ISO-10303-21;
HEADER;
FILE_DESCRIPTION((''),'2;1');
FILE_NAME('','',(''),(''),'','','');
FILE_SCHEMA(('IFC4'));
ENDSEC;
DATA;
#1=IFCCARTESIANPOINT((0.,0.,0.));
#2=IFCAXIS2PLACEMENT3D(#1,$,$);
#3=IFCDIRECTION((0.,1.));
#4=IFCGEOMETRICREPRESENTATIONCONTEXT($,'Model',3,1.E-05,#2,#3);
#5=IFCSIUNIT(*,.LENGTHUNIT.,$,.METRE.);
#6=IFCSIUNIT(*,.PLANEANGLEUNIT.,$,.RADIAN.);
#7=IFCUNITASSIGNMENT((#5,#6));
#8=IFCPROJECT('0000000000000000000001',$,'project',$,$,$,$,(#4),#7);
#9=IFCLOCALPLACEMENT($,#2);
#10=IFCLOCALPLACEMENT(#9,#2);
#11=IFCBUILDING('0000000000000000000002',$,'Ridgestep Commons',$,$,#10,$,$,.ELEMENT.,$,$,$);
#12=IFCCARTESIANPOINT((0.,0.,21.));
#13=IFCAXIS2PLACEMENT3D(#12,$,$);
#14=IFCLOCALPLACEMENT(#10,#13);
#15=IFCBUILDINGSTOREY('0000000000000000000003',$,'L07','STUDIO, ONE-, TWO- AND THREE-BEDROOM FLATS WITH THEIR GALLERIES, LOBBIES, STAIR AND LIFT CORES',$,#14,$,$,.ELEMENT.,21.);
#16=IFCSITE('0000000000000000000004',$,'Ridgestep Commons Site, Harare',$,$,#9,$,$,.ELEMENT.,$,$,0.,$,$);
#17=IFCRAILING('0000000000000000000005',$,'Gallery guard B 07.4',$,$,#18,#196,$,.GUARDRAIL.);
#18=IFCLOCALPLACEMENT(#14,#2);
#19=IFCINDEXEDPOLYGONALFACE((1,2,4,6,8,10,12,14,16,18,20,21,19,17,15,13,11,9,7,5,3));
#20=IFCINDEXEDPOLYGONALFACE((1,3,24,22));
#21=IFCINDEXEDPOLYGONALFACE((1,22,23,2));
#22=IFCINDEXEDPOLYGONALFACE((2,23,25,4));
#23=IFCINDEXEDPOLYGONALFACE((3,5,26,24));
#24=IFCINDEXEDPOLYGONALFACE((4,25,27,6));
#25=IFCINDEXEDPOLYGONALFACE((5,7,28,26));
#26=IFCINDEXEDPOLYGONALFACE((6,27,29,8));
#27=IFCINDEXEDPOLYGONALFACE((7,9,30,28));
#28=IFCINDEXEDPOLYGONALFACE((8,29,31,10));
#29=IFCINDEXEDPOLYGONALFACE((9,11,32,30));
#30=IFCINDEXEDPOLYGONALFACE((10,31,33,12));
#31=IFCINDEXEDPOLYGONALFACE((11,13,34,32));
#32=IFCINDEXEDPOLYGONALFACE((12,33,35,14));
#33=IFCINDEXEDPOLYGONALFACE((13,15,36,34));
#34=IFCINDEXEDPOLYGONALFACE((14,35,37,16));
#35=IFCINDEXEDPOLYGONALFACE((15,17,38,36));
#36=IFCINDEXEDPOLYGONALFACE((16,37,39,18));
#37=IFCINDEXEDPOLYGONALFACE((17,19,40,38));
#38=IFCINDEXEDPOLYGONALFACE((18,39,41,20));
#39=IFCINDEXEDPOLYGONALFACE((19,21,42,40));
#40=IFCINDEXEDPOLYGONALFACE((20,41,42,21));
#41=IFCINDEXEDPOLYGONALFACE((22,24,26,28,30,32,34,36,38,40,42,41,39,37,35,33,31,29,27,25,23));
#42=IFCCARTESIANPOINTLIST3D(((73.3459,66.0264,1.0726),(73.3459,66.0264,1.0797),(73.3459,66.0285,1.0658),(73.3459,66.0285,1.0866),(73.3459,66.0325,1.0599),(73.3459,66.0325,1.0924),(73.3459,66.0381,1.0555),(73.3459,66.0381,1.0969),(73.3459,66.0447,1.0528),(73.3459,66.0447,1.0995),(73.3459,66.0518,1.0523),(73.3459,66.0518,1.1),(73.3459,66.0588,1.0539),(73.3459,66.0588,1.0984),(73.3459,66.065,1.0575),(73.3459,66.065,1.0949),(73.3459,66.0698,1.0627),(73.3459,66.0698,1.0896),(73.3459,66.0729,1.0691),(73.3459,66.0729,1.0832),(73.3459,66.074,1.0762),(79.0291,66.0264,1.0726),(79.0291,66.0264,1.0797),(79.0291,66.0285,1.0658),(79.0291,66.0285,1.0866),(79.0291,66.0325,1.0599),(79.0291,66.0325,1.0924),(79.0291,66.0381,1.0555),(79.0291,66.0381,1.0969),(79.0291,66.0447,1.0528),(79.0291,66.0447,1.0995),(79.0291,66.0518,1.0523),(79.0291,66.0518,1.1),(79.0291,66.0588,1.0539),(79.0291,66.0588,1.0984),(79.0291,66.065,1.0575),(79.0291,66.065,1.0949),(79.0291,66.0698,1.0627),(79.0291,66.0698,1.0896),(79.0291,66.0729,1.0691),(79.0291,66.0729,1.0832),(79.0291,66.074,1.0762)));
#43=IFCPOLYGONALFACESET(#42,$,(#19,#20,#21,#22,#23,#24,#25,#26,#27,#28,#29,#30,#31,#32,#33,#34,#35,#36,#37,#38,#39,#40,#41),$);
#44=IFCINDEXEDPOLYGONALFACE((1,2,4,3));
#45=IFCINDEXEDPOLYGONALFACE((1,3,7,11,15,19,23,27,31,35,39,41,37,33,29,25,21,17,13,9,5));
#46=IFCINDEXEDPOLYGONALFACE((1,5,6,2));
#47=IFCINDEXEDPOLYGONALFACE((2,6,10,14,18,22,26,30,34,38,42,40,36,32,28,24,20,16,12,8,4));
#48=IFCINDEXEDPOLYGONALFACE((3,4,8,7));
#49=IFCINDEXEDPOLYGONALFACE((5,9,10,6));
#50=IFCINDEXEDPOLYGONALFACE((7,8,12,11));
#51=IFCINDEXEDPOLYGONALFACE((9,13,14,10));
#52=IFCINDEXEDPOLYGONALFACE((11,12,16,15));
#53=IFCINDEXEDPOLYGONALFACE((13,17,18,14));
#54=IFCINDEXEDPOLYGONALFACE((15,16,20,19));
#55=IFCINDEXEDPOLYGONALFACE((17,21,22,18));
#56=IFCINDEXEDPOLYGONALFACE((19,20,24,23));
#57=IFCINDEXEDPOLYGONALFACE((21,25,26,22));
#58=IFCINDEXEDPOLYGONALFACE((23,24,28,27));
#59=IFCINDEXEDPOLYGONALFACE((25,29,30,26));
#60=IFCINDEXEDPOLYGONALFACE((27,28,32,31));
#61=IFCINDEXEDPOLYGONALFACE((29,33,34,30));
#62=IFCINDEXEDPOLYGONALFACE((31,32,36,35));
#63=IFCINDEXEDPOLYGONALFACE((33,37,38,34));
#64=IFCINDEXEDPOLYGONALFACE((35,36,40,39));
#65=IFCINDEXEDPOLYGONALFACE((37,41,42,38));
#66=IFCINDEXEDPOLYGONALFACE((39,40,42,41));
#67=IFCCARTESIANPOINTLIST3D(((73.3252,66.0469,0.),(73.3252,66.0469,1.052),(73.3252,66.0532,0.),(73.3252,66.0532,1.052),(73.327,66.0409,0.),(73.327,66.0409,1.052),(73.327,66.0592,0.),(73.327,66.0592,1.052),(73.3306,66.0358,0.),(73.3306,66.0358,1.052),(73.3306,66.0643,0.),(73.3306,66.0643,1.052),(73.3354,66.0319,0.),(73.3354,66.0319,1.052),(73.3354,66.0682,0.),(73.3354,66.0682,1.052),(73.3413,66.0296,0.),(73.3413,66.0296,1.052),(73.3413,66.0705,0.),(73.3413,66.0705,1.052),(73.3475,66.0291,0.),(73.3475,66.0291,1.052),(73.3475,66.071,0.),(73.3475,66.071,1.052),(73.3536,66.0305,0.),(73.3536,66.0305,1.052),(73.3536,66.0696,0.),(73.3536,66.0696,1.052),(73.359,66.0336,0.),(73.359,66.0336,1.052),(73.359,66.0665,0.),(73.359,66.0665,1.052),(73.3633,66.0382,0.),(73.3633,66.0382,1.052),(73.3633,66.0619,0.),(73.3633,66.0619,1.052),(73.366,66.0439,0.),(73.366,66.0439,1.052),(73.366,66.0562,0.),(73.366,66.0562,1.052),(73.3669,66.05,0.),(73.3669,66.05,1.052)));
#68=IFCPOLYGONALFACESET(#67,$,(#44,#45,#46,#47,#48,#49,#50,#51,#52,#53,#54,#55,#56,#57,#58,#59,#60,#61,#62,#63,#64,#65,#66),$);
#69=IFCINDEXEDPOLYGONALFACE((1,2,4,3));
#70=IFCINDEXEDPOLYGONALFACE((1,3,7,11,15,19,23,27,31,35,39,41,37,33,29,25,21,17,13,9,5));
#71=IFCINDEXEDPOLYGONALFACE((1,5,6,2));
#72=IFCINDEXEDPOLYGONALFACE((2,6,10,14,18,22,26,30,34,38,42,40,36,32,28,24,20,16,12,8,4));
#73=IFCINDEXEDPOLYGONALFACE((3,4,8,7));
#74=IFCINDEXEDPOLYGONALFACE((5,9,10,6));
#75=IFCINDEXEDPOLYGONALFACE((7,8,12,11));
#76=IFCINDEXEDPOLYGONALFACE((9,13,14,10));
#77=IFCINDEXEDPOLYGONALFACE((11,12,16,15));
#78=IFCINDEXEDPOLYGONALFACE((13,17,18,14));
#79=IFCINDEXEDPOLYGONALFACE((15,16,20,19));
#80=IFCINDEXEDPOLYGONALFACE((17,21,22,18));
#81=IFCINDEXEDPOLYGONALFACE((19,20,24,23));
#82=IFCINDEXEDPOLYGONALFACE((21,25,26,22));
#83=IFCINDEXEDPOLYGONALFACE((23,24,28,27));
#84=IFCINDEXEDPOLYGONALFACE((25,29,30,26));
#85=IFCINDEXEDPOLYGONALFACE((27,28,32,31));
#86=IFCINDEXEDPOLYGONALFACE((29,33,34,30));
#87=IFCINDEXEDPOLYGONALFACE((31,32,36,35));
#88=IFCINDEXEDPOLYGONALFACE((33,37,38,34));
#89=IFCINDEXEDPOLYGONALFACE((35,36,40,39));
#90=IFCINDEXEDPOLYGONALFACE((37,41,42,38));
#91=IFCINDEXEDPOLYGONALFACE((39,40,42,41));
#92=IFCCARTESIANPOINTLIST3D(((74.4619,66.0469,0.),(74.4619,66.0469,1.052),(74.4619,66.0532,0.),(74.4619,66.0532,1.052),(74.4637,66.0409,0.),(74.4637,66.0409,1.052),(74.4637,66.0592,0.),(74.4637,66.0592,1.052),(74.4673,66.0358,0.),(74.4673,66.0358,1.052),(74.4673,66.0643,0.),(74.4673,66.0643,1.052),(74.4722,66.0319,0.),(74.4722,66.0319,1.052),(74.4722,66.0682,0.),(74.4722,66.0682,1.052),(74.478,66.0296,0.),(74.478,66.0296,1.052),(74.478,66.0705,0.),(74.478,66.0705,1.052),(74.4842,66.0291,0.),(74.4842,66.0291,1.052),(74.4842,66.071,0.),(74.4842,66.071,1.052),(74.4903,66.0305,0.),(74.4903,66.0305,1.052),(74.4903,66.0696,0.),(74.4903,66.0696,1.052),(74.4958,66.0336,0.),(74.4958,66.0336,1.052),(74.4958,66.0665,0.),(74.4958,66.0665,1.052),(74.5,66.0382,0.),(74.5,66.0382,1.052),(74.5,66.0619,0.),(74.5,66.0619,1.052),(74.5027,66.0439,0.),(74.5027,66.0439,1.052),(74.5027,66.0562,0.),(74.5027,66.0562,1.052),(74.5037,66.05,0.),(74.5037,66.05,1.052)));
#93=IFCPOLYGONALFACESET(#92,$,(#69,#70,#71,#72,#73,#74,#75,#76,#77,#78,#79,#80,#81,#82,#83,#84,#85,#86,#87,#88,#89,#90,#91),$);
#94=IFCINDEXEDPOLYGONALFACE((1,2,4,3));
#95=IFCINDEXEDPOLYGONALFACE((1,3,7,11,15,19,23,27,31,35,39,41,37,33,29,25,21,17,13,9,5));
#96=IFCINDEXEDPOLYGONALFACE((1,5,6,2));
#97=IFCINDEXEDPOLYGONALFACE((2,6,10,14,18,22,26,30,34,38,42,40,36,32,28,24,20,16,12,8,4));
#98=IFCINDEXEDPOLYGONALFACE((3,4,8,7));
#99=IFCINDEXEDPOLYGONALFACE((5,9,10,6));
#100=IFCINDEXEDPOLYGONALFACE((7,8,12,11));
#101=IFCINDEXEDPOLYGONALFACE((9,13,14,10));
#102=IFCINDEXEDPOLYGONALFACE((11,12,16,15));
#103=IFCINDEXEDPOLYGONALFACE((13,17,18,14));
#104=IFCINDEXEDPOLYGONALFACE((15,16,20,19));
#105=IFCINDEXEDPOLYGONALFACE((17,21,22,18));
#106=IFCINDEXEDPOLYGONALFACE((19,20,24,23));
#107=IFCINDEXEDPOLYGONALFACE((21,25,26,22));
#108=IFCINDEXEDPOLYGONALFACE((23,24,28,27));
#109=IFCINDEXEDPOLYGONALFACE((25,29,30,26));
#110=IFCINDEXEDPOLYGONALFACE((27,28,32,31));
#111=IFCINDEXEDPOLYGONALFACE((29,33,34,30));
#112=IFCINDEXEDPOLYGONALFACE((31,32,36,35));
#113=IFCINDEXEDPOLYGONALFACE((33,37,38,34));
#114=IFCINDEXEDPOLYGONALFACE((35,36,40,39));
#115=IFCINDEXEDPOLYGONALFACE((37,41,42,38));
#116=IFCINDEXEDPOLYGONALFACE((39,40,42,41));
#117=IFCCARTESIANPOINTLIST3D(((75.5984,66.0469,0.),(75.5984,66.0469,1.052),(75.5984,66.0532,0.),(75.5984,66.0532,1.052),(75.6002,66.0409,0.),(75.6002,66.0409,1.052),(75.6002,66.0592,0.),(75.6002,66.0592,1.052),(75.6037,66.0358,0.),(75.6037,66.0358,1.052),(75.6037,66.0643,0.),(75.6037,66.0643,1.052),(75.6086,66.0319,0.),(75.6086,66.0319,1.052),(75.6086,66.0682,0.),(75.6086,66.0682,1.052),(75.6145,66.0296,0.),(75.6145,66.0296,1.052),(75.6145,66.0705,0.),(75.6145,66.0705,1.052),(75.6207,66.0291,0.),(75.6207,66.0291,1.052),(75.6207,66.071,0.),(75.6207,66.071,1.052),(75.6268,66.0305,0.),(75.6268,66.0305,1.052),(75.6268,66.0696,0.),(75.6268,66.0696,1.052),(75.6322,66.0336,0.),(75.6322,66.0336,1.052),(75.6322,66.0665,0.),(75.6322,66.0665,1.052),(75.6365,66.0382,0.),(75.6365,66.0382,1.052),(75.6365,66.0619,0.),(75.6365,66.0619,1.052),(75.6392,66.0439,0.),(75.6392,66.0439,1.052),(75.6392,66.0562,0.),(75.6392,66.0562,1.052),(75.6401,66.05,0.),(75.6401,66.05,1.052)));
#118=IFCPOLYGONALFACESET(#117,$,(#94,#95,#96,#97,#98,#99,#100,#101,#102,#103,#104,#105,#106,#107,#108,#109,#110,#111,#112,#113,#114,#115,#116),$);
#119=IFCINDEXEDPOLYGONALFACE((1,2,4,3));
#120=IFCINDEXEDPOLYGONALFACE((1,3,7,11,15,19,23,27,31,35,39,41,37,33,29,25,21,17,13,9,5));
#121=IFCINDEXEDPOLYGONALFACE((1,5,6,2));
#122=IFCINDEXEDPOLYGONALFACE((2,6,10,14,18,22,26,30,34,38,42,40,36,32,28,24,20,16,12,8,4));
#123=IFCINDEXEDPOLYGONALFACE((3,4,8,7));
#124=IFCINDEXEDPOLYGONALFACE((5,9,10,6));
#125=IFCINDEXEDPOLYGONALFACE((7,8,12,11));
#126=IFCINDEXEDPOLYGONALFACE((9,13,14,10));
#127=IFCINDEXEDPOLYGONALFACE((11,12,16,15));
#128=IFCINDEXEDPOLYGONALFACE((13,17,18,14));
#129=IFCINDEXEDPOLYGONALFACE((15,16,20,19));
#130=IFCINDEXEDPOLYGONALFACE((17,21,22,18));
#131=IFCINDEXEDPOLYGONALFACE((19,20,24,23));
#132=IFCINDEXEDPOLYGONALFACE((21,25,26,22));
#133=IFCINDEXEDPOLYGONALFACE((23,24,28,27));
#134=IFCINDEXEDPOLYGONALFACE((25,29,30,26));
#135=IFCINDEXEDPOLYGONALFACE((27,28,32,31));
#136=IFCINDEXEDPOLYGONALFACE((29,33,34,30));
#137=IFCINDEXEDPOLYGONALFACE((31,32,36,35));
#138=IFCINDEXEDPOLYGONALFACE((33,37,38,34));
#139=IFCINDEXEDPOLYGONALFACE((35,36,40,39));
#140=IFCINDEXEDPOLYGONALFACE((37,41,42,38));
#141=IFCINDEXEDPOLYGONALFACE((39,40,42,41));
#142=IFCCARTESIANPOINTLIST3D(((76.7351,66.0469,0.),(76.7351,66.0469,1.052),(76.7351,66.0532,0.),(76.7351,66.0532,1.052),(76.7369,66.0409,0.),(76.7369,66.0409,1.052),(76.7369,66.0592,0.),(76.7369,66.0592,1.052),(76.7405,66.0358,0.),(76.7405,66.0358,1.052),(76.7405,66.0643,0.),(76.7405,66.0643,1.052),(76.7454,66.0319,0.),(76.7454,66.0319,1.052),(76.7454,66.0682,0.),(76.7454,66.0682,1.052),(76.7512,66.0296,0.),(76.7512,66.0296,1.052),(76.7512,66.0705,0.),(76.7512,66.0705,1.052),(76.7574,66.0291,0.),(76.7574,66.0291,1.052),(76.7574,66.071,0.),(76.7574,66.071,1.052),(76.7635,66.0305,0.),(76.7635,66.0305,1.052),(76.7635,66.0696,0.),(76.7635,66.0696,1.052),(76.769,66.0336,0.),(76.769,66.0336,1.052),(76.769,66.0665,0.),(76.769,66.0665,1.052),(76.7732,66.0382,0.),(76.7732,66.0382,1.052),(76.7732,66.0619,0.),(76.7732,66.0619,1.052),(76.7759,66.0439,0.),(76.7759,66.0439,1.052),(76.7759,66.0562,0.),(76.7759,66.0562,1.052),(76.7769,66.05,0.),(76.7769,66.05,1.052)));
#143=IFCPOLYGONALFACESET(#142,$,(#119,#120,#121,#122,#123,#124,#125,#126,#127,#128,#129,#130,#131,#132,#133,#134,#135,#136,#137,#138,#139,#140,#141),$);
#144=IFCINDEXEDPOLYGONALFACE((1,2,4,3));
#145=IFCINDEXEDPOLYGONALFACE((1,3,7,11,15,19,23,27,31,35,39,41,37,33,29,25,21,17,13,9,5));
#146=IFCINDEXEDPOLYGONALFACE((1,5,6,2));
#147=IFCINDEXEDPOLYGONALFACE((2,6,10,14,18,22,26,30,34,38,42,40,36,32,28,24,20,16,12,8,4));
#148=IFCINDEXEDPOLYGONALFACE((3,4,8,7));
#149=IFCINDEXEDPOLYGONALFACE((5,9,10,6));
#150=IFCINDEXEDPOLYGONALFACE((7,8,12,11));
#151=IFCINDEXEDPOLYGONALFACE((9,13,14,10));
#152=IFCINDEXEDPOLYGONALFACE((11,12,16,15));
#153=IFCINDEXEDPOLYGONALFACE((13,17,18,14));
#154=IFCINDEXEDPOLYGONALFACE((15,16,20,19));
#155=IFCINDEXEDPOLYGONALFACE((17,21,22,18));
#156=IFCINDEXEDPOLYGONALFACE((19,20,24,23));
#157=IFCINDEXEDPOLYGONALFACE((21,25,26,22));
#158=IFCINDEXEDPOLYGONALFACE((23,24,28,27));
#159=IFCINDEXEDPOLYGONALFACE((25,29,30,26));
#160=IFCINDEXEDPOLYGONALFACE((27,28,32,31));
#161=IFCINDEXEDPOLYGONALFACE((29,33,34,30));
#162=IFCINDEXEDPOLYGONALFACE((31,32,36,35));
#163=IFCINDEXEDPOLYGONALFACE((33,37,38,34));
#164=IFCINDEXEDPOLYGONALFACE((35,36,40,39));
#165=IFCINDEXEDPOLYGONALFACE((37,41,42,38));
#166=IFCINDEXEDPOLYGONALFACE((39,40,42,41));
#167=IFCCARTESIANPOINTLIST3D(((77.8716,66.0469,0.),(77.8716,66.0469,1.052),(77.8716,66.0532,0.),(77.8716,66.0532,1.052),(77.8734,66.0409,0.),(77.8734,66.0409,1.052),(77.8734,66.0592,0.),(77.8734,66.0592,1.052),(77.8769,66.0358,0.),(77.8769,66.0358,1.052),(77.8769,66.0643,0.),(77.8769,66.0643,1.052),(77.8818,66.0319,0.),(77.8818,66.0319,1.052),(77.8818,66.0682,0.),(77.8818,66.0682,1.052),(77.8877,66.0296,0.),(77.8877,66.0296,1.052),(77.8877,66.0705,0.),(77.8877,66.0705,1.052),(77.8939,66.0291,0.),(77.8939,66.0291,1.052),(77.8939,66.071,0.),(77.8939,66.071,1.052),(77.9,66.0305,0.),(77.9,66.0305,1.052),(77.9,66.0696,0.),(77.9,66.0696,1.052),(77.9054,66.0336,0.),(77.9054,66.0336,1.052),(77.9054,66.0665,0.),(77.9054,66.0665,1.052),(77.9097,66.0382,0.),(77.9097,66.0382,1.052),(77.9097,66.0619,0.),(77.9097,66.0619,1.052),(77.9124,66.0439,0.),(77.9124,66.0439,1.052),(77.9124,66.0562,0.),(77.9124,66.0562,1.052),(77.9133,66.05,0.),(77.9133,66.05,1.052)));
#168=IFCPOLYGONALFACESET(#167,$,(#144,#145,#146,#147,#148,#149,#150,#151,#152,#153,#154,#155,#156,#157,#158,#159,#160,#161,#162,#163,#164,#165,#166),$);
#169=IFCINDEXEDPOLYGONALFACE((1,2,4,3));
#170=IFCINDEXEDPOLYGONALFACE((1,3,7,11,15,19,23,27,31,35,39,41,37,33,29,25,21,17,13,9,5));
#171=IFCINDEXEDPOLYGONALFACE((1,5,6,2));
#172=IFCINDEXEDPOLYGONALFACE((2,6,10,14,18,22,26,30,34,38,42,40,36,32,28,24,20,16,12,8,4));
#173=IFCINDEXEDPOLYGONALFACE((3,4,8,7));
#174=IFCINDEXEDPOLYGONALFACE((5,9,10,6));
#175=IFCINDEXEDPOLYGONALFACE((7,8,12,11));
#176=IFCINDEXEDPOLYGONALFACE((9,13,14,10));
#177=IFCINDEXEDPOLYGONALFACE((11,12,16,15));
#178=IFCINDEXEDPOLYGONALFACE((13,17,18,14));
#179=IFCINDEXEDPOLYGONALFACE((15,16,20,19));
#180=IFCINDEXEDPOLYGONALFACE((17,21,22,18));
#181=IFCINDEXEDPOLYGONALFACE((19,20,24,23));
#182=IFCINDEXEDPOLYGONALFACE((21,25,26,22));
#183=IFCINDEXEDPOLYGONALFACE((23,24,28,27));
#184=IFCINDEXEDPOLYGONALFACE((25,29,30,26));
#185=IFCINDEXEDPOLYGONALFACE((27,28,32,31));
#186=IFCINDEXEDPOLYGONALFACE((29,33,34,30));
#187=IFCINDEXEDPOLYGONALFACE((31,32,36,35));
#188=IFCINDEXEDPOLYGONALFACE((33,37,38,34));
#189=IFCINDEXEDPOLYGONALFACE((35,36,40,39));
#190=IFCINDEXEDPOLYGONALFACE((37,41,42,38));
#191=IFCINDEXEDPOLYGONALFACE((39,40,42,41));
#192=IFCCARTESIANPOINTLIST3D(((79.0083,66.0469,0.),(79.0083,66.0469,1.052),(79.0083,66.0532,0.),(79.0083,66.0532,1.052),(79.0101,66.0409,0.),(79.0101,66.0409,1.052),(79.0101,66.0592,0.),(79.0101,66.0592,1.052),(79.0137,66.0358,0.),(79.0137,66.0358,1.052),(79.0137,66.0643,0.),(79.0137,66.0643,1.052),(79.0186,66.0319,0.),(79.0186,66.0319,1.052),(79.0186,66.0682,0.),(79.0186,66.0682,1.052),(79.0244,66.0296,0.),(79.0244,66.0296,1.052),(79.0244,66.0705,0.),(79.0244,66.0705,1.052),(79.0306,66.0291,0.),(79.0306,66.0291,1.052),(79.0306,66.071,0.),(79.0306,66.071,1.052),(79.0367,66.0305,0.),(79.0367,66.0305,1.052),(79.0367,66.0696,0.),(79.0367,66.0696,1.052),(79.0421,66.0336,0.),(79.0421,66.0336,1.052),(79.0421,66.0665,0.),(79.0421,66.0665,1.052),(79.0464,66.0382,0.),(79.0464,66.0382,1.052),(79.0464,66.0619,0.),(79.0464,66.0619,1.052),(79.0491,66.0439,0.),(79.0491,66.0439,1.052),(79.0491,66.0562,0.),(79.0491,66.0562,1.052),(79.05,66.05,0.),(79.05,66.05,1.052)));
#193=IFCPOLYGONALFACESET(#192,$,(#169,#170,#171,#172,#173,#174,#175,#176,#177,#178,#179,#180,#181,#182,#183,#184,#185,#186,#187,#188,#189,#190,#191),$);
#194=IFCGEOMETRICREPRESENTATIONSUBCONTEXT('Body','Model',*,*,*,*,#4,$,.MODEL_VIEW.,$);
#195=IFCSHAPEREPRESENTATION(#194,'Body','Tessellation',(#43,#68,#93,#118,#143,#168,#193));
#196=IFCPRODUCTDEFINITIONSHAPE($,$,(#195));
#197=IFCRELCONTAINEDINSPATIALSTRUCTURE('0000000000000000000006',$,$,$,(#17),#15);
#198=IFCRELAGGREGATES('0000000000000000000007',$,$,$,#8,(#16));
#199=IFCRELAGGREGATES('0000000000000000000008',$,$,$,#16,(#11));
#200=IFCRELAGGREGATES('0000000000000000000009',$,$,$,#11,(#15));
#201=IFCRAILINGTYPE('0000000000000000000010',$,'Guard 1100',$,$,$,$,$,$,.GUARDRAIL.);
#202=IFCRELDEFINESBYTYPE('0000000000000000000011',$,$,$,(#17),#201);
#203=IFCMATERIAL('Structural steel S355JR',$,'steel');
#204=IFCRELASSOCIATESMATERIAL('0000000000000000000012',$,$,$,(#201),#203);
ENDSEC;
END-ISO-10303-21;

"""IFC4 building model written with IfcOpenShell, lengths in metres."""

from ifc_helpers import new_model, si_unit, direction, frame, origin, origin_2d, place, context, subcontext, project, spatial, circle, extrude, material, type_object, element, save


model = new_model("IFC4")

# Units and contexts
model_context = context("Model", 3, precision=1e-05, world=origin(), true_north=direction((0.0, 1.0)))
body_context = subcontext(model_context, "Body", "Model", "MODEL_VIEW")
ifc_project = project(units=[si_unit("LENGTHUNIT", "METRE"), si_unit("PLANEANGLEUNIT", "RADIAN")], contexts=[model_context])

# Site, building, storey
site_placement = place(None, origin())
site = spatial("IfcSite", under=ifc_project, at=site_placement, Name="Ridgestep Commons Site, Harare", CompositionType="ELEMENT", RefElevation=0.0)
building_placement = place(site_placement, origin())
building = spatial("IfcBuilding", under=site, at=building_placement, Name="Ridgestep Commons", CompositionType="ELEMENT")
storey_placement = place(building_placement, frame((0.0, 0.0, 21.0)))
storey = spatial("IfcBuildingStorey", under=building, at=storey_placement, Name="L07", Description="STUDIO, ONE-, TWO- AND THREE-BEDROOM FLATS WITH THEIR GALLERIES, LOBBIES, STAIR AND LIFT CORES", CompositionType="ELEMENT", Elevation=21.0)

# Railing
ifc_material_1 = material(Name="Structural steel S355JR", Category="steel")
railing_type = type_object("IfcRailingType", Name="Guard 1100", PredefinedType="GUARDRAIL", material=ifc_material_1)
railing_1_placement = place(storey_placement, frame((73.3459, 66.05, 0.0)))
element("IfcRailing", 1, at=railing_1_placement, inside=storey, type_object=railing_type, Name="Gallery guard B 07.4", PredefinedType="GUARDRAIL", context=body_context, shape_type="SweptSolid", body=[
    extrude(circle(Radius=0.0239, at=origin_2d()), frame((0.0, 0.0, 1.0762), z_axis=(1.0, 0.0, 0.0), x_axis=(0.0, 1.0, 0.0)), (0.0, 0.0, 1.0), 5.6831),
    extrude(circle(Radius=0.021, at=origin_2d()), origin(), (0.0, 0.0, 1.0), 1.052),
    extrude(circle(Radius=0.021, at=origin_2d()), frame((1.1367, 0.0, 0.0)), (0.0, 0.0, 1.0), 1.052),
    extrude(circle(Radius=0.021, at=origin_2d()), frame((2.2732, 0.0, 0.0)), (0.0, 0.0, 1.0), 1.052),
    extrude(circle(Radius=0.021, at=origin_2d()), frame((3.4099, 0.0, 0.0)), (0.0, 0.0, 1.0), 1.052),
    extrude(circle(Radius=0.021, at=origin_2d()), frame((4.5464, 0.0, 0.0)), (0.0, 0.0, 1.0), 1.052),
    extrude(circle(Radius=0.021, at=origin_2d()), frame((5.6831, 0.0, 0.0)), (0.0, 0.0, 1.0), 1.052),
])

save(model, "model.ifc")
